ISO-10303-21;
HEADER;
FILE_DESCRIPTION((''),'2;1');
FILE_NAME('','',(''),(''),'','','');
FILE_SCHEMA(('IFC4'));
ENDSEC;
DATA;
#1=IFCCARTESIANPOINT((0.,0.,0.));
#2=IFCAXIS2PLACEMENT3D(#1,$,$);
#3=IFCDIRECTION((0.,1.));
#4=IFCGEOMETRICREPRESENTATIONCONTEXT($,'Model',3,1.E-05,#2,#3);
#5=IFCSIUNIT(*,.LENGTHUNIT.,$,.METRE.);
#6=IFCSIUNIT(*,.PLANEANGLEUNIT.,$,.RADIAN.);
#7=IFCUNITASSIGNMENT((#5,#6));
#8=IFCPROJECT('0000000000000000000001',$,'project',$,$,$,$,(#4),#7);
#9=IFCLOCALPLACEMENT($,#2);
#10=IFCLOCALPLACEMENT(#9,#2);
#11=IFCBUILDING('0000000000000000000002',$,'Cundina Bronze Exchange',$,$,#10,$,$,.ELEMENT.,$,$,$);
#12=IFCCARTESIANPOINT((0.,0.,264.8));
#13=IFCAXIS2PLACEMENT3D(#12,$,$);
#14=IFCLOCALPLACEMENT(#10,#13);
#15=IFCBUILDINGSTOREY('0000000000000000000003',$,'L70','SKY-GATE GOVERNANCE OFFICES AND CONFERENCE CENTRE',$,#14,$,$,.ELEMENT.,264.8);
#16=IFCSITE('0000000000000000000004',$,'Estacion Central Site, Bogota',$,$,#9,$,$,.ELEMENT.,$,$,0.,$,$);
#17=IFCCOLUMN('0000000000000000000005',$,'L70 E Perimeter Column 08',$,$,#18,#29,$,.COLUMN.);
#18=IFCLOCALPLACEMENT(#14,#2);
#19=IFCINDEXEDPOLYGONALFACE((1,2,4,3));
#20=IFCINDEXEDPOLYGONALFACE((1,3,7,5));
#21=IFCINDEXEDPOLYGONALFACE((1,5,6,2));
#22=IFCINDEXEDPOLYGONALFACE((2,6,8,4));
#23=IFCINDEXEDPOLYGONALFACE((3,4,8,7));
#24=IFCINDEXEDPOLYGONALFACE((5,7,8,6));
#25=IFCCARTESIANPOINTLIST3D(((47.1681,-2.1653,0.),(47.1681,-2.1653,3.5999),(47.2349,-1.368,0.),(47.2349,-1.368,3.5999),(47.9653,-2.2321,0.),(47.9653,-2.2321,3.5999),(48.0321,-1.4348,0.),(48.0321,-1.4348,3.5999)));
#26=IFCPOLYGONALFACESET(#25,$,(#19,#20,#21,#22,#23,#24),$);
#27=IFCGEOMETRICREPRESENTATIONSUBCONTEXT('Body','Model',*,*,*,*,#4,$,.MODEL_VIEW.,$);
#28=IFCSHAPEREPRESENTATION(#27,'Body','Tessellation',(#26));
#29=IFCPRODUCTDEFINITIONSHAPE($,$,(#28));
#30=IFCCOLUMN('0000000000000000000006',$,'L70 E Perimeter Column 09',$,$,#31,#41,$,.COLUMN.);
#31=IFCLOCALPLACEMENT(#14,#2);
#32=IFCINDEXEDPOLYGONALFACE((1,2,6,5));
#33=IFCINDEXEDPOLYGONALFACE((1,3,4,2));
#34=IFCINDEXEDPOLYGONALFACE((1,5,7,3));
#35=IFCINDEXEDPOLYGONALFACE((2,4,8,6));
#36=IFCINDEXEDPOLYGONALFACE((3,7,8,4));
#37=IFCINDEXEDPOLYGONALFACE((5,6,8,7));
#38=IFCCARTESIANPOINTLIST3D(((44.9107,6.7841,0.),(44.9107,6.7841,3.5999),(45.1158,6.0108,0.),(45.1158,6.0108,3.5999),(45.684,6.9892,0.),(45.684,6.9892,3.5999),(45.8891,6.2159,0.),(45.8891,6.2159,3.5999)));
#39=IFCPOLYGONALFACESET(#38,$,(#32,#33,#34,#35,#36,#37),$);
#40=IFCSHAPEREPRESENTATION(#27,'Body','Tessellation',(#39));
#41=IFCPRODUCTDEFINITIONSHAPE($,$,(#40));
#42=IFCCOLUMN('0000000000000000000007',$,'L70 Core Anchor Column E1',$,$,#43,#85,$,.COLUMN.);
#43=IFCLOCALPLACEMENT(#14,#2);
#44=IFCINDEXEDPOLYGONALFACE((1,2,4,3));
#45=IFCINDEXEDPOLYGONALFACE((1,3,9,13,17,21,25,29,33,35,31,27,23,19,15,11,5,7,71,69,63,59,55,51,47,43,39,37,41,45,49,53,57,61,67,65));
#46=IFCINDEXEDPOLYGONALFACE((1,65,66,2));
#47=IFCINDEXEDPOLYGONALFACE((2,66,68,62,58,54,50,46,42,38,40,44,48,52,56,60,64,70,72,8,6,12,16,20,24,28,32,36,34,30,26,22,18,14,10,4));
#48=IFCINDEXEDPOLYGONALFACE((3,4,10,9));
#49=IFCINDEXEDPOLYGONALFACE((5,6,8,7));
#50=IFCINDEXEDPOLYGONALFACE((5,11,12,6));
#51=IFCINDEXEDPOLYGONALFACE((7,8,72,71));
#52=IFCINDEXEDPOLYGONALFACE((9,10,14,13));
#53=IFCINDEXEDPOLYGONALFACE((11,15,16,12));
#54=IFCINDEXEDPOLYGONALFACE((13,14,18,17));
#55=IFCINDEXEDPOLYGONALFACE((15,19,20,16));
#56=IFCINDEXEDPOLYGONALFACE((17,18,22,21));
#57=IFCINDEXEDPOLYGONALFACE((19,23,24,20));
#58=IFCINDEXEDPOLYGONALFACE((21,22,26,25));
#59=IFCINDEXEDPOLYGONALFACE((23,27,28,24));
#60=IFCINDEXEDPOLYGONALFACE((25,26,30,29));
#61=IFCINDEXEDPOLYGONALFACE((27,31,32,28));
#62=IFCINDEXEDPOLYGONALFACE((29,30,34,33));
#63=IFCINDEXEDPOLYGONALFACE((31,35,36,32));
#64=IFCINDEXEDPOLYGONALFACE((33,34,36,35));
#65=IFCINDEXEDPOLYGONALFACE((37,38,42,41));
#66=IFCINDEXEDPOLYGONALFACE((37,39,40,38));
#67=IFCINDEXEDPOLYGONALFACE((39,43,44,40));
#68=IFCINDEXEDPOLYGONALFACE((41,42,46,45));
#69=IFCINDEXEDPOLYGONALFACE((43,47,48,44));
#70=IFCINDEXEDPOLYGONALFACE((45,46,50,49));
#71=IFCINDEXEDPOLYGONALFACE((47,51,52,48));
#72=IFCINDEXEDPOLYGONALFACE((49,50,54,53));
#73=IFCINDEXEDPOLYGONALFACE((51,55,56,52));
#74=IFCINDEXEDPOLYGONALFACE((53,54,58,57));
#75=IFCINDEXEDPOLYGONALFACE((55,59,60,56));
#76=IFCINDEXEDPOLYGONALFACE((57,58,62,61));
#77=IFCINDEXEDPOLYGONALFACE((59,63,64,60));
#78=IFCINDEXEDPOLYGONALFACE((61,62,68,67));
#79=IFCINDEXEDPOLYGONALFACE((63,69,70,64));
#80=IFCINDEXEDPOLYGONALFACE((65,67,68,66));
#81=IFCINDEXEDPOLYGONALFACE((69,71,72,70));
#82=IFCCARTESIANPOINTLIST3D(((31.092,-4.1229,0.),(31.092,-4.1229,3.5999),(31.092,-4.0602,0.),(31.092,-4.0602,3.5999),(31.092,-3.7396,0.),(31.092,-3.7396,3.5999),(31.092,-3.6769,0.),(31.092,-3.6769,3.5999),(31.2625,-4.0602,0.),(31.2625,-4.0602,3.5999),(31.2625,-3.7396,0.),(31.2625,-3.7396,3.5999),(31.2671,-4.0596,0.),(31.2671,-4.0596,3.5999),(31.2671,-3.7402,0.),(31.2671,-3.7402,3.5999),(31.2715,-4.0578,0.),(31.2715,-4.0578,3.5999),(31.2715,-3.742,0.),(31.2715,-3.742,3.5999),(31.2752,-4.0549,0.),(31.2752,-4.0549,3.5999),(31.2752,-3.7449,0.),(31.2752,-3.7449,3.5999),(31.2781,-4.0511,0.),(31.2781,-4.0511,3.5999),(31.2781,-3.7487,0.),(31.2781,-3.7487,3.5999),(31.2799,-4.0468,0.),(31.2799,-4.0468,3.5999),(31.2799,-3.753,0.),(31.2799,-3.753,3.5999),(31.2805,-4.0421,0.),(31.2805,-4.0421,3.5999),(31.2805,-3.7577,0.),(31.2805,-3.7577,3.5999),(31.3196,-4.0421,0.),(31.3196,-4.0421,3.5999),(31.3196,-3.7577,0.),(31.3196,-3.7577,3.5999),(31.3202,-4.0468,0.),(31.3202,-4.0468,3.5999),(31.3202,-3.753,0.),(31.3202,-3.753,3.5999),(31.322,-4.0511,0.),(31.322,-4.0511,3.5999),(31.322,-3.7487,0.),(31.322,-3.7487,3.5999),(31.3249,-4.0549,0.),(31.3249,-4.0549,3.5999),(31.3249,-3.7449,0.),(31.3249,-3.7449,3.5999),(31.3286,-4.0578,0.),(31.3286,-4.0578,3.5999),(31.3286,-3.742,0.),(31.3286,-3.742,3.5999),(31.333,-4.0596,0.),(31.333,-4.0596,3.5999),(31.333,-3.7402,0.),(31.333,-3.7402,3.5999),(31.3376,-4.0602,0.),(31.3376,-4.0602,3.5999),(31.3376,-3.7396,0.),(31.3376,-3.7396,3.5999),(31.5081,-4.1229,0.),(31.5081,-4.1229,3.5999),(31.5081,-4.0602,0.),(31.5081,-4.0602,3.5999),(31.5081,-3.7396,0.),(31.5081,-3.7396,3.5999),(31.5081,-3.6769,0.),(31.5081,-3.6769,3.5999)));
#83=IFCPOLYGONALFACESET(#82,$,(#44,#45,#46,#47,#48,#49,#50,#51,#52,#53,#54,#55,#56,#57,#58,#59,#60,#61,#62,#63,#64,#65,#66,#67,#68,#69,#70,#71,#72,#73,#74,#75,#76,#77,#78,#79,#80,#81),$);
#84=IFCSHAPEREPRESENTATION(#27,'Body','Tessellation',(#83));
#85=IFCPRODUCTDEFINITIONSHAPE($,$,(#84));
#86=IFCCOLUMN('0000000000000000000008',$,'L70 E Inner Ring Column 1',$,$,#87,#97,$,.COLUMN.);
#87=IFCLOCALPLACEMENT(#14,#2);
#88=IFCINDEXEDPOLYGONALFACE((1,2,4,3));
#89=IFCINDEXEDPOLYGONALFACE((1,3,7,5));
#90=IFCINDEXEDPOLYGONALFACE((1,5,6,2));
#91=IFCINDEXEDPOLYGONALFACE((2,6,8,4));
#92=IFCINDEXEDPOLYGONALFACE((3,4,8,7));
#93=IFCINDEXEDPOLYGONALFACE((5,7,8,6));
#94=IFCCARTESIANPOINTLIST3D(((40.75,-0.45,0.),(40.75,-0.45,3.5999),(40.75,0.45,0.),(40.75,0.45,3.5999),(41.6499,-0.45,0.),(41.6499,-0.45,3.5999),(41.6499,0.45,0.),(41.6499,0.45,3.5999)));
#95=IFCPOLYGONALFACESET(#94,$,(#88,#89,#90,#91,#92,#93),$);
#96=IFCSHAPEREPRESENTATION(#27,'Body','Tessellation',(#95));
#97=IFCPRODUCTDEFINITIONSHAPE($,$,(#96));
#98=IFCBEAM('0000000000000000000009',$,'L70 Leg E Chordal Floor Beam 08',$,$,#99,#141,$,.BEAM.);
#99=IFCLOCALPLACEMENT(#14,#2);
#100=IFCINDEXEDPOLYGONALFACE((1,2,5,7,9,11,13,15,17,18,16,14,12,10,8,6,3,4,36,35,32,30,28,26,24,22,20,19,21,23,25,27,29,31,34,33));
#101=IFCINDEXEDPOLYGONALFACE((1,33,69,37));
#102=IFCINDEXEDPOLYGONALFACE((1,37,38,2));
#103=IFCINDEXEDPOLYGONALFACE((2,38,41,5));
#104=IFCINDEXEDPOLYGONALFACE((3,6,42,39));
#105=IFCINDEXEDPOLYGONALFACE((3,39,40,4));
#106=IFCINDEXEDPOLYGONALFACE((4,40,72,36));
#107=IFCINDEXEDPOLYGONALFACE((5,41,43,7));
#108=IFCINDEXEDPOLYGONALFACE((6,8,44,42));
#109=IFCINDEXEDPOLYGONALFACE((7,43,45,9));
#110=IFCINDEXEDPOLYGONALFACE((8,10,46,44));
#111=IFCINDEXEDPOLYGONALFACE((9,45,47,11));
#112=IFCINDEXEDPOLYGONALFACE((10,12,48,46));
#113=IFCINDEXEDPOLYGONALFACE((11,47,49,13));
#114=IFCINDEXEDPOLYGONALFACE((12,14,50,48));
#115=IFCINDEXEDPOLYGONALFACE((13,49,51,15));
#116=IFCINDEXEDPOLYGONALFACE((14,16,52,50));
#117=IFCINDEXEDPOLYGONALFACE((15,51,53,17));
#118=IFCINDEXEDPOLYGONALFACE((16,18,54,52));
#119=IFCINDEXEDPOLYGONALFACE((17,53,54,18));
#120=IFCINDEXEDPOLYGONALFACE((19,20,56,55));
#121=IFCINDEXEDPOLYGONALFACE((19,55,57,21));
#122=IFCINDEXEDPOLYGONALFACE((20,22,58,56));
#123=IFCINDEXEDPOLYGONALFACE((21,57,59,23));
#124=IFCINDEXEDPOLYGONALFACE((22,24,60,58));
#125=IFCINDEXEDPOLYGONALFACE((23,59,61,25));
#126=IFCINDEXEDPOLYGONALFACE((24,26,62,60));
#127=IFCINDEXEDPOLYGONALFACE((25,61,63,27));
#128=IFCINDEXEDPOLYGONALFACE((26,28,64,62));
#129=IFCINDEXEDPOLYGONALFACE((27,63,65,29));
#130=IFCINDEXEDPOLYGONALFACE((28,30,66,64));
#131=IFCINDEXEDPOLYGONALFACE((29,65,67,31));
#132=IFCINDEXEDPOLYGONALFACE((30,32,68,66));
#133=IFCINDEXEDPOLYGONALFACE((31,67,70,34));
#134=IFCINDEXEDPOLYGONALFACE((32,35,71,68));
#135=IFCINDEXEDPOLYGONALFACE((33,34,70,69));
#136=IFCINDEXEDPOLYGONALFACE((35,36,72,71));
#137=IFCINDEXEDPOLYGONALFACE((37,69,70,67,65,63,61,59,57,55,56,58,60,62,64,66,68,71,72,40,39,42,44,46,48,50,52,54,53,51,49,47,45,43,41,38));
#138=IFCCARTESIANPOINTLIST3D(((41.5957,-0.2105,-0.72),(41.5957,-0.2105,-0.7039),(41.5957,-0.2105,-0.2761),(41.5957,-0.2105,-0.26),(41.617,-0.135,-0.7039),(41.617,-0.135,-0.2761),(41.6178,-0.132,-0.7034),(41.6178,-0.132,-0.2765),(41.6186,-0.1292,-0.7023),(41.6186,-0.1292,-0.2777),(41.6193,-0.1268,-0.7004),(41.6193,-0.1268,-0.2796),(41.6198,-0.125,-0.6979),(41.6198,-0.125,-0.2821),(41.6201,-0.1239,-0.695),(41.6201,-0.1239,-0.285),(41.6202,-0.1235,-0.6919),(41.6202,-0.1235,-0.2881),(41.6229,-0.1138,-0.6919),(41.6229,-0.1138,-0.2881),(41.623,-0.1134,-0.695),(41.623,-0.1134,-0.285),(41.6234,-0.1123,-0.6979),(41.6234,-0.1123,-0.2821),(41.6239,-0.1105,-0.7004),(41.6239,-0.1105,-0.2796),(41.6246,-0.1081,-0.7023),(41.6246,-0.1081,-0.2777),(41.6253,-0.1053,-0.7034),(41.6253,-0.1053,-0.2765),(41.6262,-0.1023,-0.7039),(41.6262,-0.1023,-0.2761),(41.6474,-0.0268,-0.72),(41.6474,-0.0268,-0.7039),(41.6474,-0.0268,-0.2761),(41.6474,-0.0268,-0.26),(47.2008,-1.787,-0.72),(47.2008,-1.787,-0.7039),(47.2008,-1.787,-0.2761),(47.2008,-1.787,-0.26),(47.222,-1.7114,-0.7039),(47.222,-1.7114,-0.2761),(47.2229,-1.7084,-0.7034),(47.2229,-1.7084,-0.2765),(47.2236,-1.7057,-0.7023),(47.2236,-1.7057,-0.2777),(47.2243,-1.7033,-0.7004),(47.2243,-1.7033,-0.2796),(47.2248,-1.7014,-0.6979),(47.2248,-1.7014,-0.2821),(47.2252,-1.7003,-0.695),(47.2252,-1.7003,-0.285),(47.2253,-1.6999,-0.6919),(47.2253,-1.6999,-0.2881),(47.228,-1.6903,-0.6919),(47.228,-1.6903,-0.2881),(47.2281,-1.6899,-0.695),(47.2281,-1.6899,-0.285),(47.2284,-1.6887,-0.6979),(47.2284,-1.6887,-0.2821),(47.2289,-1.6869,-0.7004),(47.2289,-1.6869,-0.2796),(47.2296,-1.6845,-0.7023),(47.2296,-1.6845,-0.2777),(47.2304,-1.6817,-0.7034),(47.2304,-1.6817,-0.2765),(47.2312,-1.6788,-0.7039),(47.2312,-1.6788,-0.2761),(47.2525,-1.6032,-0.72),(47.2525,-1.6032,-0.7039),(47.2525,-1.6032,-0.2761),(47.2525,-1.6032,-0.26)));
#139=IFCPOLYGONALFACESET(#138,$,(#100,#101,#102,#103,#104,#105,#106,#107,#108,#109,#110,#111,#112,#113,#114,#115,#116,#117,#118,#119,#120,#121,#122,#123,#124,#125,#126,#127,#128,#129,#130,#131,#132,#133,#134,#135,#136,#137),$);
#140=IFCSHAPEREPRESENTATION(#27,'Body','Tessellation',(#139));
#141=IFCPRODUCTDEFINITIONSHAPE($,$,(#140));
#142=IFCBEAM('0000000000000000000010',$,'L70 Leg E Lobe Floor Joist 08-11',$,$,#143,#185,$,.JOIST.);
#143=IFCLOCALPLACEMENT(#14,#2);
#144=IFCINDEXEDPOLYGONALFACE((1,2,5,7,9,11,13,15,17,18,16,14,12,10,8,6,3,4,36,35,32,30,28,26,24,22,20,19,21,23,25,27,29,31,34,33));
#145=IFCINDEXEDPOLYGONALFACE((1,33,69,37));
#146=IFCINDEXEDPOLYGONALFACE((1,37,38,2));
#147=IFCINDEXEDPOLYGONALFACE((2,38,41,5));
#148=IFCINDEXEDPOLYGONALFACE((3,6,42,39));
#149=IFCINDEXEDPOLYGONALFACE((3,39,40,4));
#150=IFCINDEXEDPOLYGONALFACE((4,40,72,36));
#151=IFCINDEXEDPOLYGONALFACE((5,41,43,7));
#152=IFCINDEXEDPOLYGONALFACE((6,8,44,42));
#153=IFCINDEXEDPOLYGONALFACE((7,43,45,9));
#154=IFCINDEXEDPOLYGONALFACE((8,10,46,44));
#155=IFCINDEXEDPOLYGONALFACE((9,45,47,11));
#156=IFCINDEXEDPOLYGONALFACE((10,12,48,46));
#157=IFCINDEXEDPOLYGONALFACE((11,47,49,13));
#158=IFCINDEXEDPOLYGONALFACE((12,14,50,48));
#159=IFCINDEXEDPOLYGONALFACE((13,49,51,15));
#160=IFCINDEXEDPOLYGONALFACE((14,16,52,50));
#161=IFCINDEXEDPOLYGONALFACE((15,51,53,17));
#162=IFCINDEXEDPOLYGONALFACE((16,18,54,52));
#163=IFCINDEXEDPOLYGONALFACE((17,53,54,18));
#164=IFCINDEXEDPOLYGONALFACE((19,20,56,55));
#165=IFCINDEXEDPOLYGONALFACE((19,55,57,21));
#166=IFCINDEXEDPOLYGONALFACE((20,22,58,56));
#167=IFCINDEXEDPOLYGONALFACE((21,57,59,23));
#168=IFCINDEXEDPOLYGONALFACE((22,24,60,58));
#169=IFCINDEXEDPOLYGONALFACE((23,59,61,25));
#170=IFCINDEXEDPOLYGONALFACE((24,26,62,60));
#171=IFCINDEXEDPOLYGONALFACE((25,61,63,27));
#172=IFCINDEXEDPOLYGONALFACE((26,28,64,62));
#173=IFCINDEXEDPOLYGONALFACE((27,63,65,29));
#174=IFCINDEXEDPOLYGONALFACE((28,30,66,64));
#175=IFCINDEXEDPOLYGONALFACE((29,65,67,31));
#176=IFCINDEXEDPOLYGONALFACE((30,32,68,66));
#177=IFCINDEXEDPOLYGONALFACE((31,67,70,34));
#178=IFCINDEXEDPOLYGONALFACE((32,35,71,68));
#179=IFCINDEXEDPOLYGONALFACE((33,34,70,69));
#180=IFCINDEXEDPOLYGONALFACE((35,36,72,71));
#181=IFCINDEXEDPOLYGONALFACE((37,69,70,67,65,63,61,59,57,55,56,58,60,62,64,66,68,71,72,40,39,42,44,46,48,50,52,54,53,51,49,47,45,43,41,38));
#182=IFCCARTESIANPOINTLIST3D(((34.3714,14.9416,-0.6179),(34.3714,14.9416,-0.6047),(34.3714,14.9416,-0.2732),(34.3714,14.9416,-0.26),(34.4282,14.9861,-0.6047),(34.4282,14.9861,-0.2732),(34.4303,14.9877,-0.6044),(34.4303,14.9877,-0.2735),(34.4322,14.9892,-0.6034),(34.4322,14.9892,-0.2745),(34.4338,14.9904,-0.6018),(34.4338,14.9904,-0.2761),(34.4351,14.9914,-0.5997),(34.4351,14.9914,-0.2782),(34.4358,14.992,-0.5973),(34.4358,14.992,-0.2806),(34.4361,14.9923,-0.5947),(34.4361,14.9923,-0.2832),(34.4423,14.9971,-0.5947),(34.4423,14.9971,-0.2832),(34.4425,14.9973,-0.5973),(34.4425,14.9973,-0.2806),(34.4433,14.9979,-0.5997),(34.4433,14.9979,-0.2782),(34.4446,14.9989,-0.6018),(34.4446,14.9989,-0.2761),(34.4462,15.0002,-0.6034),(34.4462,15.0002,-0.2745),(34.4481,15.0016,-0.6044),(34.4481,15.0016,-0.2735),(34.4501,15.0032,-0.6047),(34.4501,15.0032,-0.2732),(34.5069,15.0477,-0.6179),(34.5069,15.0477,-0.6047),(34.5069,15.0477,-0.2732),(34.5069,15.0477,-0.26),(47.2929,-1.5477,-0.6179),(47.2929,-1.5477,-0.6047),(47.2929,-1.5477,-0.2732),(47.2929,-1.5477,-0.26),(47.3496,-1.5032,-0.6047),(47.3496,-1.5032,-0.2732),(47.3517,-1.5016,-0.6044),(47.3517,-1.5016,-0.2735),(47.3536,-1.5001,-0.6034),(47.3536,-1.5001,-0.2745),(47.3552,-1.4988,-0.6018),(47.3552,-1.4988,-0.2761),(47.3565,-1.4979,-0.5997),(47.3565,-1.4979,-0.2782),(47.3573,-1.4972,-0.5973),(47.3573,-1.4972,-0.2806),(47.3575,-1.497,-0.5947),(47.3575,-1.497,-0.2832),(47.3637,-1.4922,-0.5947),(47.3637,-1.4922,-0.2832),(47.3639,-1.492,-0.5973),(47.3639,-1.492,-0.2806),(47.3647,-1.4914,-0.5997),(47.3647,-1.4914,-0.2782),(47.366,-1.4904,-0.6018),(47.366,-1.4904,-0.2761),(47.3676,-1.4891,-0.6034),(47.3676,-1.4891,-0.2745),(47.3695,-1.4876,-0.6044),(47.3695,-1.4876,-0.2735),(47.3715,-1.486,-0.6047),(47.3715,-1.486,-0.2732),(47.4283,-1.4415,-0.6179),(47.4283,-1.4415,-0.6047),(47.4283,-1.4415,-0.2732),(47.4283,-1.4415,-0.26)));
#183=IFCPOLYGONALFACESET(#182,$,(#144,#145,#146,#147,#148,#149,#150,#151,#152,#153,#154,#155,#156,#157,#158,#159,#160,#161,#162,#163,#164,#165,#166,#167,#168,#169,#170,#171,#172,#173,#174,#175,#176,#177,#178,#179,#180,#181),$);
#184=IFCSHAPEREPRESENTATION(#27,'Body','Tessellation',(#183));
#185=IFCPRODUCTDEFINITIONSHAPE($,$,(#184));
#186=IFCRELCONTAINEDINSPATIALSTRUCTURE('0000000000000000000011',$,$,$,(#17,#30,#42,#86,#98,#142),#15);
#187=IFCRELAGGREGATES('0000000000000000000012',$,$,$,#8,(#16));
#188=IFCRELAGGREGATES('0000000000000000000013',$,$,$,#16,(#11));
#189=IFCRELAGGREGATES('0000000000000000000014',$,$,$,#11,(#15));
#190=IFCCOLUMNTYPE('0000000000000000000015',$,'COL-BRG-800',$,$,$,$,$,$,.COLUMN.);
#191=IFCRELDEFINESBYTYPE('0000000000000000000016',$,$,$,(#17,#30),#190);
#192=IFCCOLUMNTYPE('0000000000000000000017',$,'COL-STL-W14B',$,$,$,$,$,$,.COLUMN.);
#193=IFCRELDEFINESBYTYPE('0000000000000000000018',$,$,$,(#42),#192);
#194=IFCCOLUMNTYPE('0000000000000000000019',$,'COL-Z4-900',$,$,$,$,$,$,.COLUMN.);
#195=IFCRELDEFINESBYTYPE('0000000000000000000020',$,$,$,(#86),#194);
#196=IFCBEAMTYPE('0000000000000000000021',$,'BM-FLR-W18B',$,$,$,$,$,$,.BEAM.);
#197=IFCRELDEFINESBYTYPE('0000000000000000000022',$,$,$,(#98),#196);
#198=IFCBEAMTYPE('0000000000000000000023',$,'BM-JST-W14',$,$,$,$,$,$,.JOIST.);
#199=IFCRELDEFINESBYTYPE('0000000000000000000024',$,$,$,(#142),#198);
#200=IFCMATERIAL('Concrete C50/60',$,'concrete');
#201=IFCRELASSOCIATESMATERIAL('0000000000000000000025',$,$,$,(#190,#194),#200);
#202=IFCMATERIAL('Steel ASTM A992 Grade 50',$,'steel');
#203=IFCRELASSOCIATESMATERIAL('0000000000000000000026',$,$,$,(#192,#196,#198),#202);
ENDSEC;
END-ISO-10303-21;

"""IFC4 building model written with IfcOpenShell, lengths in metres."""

from ifc_helpers import new_model, si_unit, direction, frame, origin, origin_2d, place, context, subcontext, project, spatial, rectangle, i_section, extrude, material, material_profile, profile_set, type_object, element, save


model = new_model("IFC4")

# Units and contexts
model_context = context("Model", 3, precision=1e-05, world=origin(), true_north=direction((0.0, 1.0)))
body_context = subcontext(model_context, "Body", "Model", "MODEL_VIEW")
ifc_project = project(units=[si_unit("LENGTHUNIT", "METRE"), si_unit("PLANEANGLEUNIT", "RADIAN")], contexts=[model_context])

# Site, building, storey
site_placement = place(None, origin())
site = spatial("IfcSite", under=ifc_project, at=site_placement, Name="Estacion Central Site, Bogota", CompositionType="ELEMENT", RefElevation=0.0)
building_placement = place(site_placement, origin())
building = spatial("IfcBuilding", under=site, at=building_placement, Name="Cundina Bronze Exchange", CompositionType="ELEMENT")
storey_placement = place(building_placement, frame((0.0, 0.0, 264.8)))
storey = spatial("IfcBuildingStorey", under=building, at=storey_placement, Name="L70", Description="SKY-GATE GOVERNANCE OFFICES AND CONFERENCE CENTRE", CompositionType="ELEMENT", Elevation=264.8)

# Columns
ifc_material_1 = material(Name="Concrete C50/60", Category="concrete")
ifc_material_profile_1 = material_profile(ifc_material_1, rectangle(XDim=0.8, YDim=0.8, at=origin_2d()), Name="RC800X800", Category="concrete")
ifc_profile_set_1 = profile_set([ifc_material_profile_1], Name="Concrete C50/60")
column_type_1 = type_object("IfcColumnType", Name="COL-BRG-800", PredefinedType="COLUMN", material=ifc_profile_set_1)
for number, where, z_axis, x_axis, name in (
    (1, (47.6001, -1.8, 0.0), (0.0, 0.0, 1.0), (0.083504, 0.996507, 0.0), "L70 E Perimeter Column 08"),
    (2, (45.3999, 6.5, 0.0), (0.0, 0.0, 1.0), (-0.256289, 0.9666, 0.0), "L70 E Perimeter Column 09"),
):
    element("IfcColumn", number, at=place(storey_placement, frame(where, z_axis=z_axis, x_axis=x_axis)), inside=storey, type_object=column_type_1, Name=name, PredefinedType="COLUMN", context=body_context, shape_type="SweptSolid", body=[
        extrude(rectangle(XDim=0.8, YDim=0.8, at=origin_2d()), origin(), (0.0, 0.0, 1.0), 3.5999),
    ])
ifc_material_2 = material(Name="Steel ASTM A992 Grade 50", Category="steel")
ifc_material_profile_2 = material_profile(ifc_material_2, i_section(OverallWidth=0.416, OverallDepth=0.446, WebThickness=0.0391, FlangeThickness=0.0627, FilletRadius=0.0181, at=origin_2d()), Name="W14X342", Category="steel")
ifc_profile_set_2 = profile_set([ifc_material_profile_2], Name="Steel ASTM A992 Grade 50")
column_type_2 = type_object("IfcColumnType", Name="COL-STL-W14B", PredefinedType="COLUMN", material=ifc_profile_set_2)
column_1_placement = place(storey_placement, frame((31.3, -3.8999, 0.0), z_axis=(0.0, 0.0, 1.0), x_axis=(1.0, 0.0, 0.0)))
element("IfcColumn", 3, at=column_1_placement, inside=storey, type_object=column_type_2, Name="L70 Core Anchor Column E1", PredefinedType="COLUMN", context=body_context, shape_type="SweptSolid", body=[
    extrude(i_section(OverallWidth=0.416, OverallDepth=0.446, WebThickness=0.0391, FlangeThickness=0.0627, FilletRadius=0.0181, at=origin_2d()), origin(), (0.0, 0.0, 1.0), 3.5999),
])
ifc_material_profile_3 = material_profile(ifc_material_1, rectangle(XDim=0.8999, YDim=0.8999, at=origin_2d()), Name="RC900X900", Category="concrete")
ifc_profile_set_3 = profile_set([ifc_material_profile_3], Name="Concrete C50/60")
column_type_3 = type_object("IfcColumnType", Name="COL-Z4-900", PredefinedType="COLUMN", material=ifc_profile_set_3)
column_2_placement = place(storey_placement, frame((41.2, 0.0, 0.0), z_axis=(0.0, 0.0, 1.0), x_axis=(1.0, 0.0, 0.0)))
element("IfcColumn", 4, at=column_2_placement, inside=storey, type_object=column_type_3, Name="L70 E Inner Ring Column 1", PredefinedType="COLUMN", context=body_context, shape_type="SweptSolid", body=[
    extrude(rectangle(XDim=0.8999, YDim=0.8999, at=origin_2d()), origin(), (0.0, 0.0, 1.0), 3.5999),
])

# Beams
ifc_material_profile_4 = material_profile(ifc_material_2, i_section(OverallWidth=0.1909, OverallDepth=0.46, WebThickness=0.01, FlangeThickness=0.0161, FilletRadius=0.012, at=origin_2d()), Name="W18X55", Category="steel")
ifc_profile_set_4 = profile_set([ifc_material_profile_4], Name="Steel ASTM A992 Grade 50")
beam_type_1 = type_object("IfcBeamType", Name="BM-FLR-W18B", PredefinedType="BEAM", material=ifc_profile_set_4)
beam_1_placement = place(storey_placement, frame((41.6216, -0.1187, -0.49), z_axis=(0.96265, -0.270748, 0.0), x_axis=(0.270748, 0.96265, 0.0)))
element("IfcBeam", 5, at=beam_1_placement, inside=storey, type_object=beam_type_1, Name="L70 Leg E Chordal Floor Beam 08", PredefinedType="BEAM", context=body_context, shape_type="SweptSolid", body=[
    extrude(i_section(OverallWidth=0.1909, OverallDepth=0.46, WebThickness=0.01, FlangeThickness=0.0161, FilletRadius=0.012, at=origin_2d()), origin(), (0.0, 0.0, 1.0), 5.8225),
])
ifc_material_profile_5 = material_profile(ifc_material_2, i_section(OverallWidth=0.1721, OverallDepth=0.3579, WebThickness=0.0078, FlangeThickness=0.0132, FilletRadius=0.01, at=origin_2d()), Name="W14X38", Category="steel")
ifc_profile_set_5 = profile_set([ifc_material_profile_5], Name="Steel ASTM A992 Grade 50")
beam_type_2 = type_object("IfcBeamType", Name="BM-JST-W14", PredefinedType="JOIST", material=ifc_profile_set_5)
beam_2_placement = place(storey_placement, frame((47.3606, -1.4946, -0.439), z_axis=(-0.616804, 0.787117, 0.0), x_axis=(-0.787117, -0.616804, 0.0)))
element("IfcBeam", 6, at=beam_2_placement, inside=storey, type_object=beam_type_2, Name="L70 Leg E Lobe Floor Joist 08-11", PredefinedType="JOIST", context=body_context, shape_type="SweptSolid", body=[
    extrude(i_section(OverallWidth=0.1721, OverallDepth=0.3579, WebThickness=0.0078, FlangeThickness=0.0132, FilletRadius=0.01, at=origin_2d()), origin(), (0.0, 0.0, 1.0), 20.949),
])

save(model, "model.ifc")
